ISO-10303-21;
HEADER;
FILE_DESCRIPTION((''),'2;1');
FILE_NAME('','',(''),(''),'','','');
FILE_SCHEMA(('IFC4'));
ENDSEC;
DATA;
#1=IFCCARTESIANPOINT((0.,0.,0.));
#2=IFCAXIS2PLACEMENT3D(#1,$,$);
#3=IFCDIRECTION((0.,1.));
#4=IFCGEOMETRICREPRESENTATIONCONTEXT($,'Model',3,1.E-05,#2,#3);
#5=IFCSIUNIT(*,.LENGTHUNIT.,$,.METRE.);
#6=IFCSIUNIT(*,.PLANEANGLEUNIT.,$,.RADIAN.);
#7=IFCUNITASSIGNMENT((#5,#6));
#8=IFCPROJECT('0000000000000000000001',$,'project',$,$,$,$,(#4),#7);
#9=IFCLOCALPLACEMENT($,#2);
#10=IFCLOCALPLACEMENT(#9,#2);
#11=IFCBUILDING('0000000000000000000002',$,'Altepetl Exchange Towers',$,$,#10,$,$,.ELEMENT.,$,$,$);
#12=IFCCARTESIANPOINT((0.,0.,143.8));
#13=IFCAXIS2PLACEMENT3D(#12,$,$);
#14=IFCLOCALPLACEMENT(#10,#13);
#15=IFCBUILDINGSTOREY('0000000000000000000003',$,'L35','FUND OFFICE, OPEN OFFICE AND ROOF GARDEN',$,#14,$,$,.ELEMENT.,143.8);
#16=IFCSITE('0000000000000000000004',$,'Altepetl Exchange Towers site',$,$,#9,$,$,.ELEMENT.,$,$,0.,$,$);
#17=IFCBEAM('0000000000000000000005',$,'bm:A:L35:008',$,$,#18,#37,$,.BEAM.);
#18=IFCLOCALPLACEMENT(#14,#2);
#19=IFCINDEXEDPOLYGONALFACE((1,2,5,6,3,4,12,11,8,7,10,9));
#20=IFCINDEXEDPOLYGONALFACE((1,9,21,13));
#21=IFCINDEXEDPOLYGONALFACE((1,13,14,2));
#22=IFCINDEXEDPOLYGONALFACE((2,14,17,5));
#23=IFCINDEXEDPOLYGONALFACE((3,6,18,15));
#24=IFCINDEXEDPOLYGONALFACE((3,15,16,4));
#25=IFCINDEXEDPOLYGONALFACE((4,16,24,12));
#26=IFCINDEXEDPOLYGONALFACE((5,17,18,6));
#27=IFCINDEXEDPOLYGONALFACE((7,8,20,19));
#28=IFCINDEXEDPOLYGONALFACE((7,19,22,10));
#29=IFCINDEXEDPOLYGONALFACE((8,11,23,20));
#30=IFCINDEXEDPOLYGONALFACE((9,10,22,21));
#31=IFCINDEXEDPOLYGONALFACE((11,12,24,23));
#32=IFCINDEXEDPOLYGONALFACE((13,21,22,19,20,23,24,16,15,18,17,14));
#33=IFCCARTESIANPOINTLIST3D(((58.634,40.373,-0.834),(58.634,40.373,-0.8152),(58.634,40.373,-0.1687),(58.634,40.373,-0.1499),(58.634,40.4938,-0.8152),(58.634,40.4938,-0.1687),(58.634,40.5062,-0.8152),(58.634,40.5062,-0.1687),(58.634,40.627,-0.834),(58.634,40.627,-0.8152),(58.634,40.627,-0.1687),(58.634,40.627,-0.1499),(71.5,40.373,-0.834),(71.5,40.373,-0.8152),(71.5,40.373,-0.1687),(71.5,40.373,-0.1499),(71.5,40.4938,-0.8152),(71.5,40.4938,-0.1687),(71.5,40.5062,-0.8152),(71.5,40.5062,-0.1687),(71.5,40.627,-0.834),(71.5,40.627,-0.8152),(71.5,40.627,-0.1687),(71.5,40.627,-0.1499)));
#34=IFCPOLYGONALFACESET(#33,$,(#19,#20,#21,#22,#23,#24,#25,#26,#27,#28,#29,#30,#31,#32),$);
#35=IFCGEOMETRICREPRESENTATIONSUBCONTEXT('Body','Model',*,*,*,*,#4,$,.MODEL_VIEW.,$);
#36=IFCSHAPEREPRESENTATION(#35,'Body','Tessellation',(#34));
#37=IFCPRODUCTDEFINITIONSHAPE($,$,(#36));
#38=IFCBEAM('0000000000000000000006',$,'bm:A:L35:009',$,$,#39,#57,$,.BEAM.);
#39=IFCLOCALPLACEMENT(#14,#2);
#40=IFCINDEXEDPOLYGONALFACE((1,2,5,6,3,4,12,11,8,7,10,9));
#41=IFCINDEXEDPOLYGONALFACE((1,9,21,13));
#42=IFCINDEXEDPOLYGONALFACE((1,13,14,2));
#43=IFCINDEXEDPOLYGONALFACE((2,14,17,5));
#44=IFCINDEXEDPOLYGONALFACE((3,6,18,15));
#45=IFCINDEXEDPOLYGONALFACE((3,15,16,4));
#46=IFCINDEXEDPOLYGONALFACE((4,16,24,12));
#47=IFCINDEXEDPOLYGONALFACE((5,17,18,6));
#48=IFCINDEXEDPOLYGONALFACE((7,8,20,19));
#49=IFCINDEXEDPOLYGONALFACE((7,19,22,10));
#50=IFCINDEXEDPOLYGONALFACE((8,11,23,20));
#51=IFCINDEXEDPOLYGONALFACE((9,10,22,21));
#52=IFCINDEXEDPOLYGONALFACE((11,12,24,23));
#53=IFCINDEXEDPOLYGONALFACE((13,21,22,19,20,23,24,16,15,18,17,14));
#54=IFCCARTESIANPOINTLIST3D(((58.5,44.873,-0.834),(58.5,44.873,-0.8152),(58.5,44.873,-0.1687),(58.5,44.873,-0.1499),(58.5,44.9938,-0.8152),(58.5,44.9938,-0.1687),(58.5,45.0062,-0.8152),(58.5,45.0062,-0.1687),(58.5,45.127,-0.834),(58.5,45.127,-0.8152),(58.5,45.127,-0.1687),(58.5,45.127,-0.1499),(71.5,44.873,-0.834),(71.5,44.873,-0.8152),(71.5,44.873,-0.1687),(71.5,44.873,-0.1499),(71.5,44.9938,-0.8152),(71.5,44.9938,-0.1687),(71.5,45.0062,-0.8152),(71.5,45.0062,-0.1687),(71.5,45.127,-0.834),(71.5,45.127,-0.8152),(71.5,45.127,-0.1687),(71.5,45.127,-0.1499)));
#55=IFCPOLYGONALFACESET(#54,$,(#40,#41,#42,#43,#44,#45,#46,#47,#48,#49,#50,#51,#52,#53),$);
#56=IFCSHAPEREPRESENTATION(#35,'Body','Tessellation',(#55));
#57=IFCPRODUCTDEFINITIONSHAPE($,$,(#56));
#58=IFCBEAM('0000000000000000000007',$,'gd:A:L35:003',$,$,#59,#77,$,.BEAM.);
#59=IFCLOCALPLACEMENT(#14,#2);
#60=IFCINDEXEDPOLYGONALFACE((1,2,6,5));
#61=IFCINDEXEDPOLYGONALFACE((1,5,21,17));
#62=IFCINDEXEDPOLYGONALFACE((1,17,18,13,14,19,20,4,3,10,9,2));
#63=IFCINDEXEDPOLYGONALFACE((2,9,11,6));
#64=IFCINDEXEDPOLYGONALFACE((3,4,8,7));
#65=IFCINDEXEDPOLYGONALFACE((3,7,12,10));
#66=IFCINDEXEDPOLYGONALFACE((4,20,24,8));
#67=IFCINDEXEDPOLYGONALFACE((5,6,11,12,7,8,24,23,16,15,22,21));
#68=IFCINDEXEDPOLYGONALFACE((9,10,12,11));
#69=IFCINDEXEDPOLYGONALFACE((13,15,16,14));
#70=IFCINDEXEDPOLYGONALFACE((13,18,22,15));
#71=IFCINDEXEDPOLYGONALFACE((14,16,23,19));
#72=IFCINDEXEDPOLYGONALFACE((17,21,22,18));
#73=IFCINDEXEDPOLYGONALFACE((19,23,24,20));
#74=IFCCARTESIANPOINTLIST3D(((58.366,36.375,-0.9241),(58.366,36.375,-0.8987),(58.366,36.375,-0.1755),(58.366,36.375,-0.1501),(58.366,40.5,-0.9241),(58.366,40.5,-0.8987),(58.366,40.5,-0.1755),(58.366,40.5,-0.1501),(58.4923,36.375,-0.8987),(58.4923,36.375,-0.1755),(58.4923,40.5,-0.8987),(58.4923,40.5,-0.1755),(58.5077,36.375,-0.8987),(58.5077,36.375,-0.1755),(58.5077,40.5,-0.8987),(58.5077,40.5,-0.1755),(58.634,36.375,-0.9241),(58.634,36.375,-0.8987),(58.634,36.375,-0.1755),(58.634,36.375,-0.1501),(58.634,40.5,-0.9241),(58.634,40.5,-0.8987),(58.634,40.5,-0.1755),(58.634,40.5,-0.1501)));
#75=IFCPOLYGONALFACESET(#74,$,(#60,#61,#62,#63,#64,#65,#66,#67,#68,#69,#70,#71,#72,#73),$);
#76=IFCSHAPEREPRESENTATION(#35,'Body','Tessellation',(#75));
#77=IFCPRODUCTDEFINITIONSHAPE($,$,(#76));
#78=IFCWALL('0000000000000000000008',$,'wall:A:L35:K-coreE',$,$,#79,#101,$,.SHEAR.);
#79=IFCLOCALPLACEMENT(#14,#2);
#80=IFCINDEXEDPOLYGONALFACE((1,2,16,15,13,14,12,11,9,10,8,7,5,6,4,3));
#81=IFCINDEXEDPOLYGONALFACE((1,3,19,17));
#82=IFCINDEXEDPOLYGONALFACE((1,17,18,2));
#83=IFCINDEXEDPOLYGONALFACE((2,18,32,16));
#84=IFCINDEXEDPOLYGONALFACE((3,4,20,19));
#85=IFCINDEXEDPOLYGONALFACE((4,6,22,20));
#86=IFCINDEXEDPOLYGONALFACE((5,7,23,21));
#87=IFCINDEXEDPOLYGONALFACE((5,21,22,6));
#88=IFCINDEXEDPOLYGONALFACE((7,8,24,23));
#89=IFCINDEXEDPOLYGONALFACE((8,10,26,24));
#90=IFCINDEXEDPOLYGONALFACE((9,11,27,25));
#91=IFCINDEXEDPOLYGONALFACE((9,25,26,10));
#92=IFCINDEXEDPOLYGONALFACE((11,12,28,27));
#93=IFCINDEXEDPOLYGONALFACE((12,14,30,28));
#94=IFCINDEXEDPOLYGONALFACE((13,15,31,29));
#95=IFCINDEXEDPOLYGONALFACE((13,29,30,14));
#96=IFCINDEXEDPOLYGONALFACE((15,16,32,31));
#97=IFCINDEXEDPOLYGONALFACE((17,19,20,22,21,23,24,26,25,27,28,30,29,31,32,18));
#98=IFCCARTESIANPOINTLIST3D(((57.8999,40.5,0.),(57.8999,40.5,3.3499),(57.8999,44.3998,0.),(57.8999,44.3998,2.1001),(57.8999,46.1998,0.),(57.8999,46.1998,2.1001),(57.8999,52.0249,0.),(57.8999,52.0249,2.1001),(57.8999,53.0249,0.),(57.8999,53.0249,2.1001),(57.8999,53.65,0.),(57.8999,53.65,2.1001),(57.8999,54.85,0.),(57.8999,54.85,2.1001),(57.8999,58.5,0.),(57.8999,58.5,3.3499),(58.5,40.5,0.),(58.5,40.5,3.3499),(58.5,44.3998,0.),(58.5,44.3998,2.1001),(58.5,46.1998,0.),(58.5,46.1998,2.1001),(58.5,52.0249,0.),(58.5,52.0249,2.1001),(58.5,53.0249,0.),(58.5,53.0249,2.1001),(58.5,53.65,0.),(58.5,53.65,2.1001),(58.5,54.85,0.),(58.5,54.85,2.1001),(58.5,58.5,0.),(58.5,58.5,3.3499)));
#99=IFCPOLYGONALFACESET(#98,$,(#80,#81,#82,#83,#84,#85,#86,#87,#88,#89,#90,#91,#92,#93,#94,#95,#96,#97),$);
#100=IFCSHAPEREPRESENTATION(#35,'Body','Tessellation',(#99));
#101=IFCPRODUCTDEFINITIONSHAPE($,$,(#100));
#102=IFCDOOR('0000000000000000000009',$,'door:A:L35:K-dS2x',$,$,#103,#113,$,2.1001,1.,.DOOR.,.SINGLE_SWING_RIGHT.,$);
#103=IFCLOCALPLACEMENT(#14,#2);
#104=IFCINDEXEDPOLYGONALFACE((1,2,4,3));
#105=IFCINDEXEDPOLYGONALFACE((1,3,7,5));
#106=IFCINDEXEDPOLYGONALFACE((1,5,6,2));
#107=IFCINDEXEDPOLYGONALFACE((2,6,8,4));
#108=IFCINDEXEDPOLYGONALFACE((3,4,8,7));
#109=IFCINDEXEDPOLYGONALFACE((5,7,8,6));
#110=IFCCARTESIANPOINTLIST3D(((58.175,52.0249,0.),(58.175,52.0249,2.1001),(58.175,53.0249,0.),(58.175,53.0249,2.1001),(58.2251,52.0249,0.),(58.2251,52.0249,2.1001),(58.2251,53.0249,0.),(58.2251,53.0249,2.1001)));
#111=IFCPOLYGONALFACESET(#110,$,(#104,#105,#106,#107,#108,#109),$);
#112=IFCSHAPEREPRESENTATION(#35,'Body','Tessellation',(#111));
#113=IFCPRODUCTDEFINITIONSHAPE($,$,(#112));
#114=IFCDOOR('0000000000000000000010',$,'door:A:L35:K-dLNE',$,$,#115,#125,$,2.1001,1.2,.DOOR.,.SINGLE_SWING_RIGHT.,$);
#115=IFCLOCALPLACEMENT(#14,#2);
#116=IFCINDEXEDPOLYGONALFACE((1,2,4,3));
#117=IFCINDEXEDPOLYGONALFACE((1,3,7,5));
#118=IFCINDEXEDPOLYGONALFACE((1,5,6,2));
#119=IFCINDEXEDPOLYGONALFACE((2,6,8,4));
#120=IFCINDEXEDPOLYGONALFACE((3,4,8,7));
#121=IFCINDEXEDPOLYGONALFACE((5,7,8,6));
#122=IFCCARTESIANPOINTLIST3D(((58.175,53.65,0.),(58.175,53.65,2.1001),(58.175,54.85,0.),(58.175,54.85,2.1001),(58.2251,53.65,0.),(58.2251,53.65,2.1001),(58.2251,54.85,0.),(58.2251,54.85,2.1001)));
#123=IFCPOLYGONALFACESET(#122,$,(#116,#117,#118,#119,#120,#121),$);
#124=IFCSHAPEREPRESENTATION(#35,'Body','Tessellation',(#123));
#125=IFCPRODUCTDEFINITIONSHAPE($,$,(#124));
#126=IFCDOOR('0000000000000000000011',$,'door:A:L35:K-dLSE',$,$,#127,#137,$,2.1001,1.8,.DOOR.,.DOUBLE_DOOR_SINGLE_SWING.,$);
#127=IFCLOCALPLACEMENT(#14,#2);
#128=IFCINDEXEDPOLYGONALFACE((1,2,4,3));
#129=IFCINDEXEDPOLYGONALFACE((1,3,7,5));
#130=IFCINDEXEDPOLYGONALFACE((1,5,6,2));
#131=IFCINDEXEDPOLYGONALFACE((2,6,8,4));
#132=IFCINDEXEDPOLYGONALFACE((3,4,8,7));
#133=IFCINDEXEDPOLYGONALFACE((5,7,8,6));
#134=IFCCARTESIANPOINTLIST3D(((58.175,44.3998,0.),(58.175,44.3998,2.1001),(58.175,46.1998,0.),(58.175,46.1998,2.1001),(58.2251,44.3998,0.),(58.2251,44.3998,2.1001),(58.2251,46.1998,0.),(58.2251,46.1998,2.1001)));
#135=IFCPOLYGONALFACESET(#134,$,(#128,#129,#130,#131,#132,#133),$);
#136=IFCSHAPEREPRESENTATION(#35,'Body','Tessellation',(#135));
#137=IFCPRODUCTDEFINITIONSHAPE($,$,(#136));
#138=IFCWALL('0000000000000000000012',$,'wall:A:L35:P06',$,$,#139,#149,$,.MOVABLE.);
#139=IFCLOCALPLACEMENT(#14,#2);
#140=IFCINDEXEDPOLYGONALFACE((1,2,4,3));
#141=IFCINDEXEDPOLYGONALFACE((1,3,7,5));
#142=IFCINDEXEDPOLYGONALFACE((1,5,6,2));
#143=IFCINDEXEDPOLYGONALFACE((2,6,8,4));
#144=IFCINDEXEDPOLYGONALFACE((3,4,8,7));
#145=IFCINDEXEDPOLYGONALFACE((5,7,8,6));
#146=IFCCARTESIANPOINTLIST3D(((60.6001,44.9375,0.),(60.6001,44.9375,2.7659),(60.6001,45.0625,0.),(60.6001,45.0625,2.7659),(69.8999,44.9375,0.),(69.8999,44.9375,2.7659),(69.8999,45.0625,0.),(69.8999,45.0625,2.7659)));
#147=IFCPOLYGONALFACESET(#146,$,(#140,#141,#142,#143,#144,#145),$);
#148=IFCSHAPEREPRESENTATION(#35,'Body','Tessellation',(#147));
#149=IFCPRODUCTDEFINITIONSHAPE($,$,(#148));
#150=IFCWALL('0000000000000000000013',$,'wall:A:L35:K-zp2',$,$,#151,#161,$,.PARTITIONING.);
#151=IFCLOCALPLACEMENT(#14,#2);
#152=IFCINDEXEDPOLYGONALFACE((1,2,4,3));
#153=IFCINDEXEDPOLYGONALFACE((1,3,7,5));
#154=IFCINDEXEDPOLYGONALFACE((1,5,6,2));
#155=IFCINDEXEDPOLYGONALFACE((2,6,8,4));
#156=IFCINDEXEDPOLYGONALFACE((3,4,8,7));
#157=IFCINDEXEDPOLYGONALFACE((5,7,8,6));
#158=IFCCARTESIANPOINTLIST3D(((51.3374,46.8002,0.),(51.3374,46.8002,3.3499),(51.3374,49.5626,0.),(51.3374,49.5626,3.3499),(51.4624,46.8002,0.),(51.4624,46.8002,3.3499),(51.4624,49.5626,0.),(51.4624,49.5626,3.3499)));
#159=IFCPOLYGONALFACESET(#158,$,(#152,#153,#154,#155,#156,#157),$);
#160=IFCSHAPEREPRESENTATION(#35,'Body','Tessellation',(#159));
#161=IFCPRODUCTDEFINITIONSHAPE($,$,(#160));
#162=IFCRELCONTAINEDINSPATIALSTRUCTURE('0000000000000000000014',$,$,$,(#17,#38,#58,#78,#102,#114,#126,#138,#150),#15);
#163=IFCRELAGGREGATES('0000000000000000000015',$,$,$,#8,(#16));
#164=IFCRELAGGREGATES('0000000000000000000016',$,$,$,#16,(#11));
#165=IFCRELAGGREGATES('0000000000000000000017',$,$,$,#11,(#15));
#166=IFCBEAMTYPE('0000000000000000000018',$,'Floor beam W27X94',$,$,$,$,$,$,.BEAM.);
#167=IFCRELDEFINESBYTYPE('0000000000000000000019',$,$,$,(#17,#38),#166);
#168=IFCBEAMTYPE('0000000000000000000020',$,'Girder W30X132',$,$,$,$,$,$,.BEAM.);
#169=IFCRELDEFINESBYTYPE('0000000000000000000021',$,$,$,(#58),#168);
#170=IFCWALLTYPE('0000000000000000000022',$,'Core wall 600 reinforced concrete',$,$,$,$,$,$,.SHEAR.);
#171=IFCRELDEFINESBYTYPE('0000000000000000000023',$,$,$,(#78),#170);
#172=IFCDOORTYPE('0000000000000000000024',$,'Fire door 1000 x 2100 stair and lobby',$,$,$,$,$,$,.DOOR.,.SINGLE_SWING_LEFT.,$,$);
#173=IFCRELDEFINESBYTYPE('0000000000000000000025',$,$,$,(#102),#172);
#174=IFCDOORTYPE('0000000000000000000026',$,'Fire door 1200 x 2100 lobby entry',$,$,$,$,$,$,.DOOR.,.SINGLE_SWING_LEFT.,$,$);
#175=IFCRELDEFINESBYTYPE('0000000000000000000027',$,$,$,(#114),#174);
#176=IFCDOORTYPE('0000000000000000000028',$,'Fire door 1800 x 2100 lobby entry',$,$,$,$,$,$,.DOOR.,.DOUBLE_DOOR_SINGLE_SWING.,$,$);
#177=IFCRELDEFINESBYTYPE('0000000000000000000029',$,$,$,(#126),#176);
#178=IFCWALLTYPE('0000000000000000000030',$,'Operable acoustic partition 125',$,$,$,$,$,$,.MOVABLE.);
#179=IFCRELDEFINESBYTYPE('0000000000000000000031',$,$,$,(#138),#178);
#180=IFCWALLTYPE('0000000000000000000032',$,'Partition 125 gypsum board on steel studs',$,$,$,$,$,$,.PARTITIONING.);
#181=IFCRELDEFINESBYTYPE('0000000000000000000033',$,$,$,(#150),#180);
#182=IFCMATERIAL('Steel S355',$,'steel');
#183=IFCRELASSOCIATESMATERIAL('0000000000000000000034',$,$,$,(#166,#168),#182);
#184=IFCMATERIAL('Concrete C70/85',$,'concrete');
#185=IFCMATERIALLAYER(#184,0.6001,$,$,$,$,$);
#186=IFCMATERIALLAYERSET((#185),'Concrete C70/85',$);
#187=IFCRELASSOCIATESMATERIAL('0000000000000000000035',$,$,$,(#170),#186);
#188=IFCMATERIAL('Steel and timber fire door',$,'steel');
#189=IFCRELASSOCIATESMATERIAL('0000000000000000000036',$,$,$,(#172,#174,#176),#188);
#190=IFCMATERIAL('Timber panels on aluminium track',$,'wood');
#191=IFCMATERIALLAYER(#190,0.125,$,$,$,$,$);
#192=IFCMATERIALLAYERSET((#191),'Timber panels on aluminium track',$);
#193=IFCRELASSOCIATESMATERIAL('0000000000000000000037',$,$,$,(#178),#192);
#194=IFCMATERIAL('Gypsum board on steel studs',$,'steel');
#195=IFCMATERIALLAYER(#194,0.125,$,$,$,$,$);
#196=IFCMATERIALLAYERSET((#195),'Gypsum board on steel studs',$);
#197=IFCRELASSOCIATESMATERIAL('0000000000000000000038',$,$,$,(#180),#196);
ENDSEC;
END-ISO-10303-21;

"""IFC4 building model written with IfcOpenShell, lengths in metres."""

from ifc_helpers import new_model, si_unit, direction, frame, frame_2d, origin, origin_2d, place, context, subcontext, project, spatial, rectangle, i_section, extrude, material, layer, layer_set, material_profile, profile_set, type_object, element, fill, save


model = new_model("IFC4")

# Units and contexts
model_context = context("Model", 3, precision=1e-05, world=origin(), true_north=direction((0.0, 1.0)))
body_context = subcontext(model_context, "Body", "Model", "MODEL_VIEW")
ifc_project = project(units=[si_unit("LENGTHUNIT", "METRE"), si_unit("PLANEANGLEUNIT", "RADIAN")], contexts=[model_context])

# Site, building, storey
site_placement = place(None, origin())
site = spatial("IfcSite", under=ifc_project, at=site_placement, Name="Altepetl Exchange Towers site", CompositionType="ELEMENT", RefElevation=0.0)
building_placement = place(site_placement, origin())
building = spatial("IfcBuilding", under=site, at=building_placement, Name="Altepetl Exchange Towers", CompositionType="ELEMENT")
storey_placement = place(building_placement, frame((0.0, 0.0, 143.8)))
storey = spatial("IfcBuildingStorey", under=building, at=storey_placement, Name="L35", Description="FUND OFFICE, OPEN OFFICE AND ROOF GARDEN", CompositionType="ELEMENT", Elevation=143.8)

# Beams
ifc_material_1 = material(Name="Steel S355", Category="steel")
ifc_material_profile_1 = material_profile(ifc_material_1, i_section(OverallWidth=0.2539, OverallDepth=0.6841, WebThickness=0.0125, FlangeThickness=0.0188, at=origin_2d()), Name="W27X94")
ifc_profile_set_1 = profile_set([ifc_material_profile_1], Name="Steel S355")
beam_type_1 = type_object("IfcBeamType", Name="Floor beam W27X94", PredefinedType="BEAM", material=ifc_profile_set_1)
beam_1_placement = place(storey_placement, frame((58.634, 40.5, -0.4919), z_axis=(1.0, 0.0, 0.0), x_axis=(0.0, 1.0, 0.0)))
element("IfcBeam", 1, at=beam_1_placement, inside=storey, type_object=beam_type_1, Name="bm:A:L35:008", PredefinedType="BEAM", context=body_context, shape_type="SweptSolid", body=[
    extrude(i_section(OverallWidth=0.2539, OverallDepth=0.6841, WebThickness=0.0125, FlangeThickness=0.0188, at=origin_2d()), origin(), (0.0, 0.0, 1.0), 12.866),
])
beam_2_placement = place(storey_placement, frame((58.5, 45.0, -0.4919), z_axis=(1.0, 0.0, 0.0), x_axis=(0.0, 1.0, 0.0)))
element("IfcBeam", 2, at=beam_2_placement, inside=storey, type_object=beam_type_1, Name="bm:A:L35:009", PredefinedType="BEAM", context=body_context, shape_type="SweptSolid", body=[
    extrude(i_section(OverallWidth=0.2539, OverallDepth=0.6841, WebThickness=0.0125, FlangeThickness=0.0188, at=origin_2d()), origin(), (0.0, 0.0, 1.0), 13.0),
])
ifc_material_profile_2 = material_profile(ifc_material_1, i_section(OverallWidth=0.2681, OverallDepth=0.7739, WebThickness=0.0154, FlangeThickness=0.0254, at=origin_2d()), Name="W30X132")
ifc_profile_set_2 = profile_set([ifc_material_profile_2], Name="Steel S355")
beam_type_2 = type_object("IfcBeamType", Name="Girder W30X132", PredefinedType="BEAM", material=ifc_profile_set_2)
beam_3_placement = place(storey_placement, frame((58.5, 40.5, -0.5371), z_axis=(0.0, -1.0, 0.0), x_axis=(1.0, 0.0, 0.0)))
element("IfcBeam", 3, at=beam_3_placement, inside=storey, type_object=beam_type_2, Name="gd:A:L35:003", PredefinedType="BEAM", context=body_context, shape_type="SweptSolid", body=[
    extrude(i_section(OverallWidth=0.2681, OverallDepth=0.7739, WebThickness=0.0154, FlangeThickness=0.0254, at=origin_2d()), origin(), (0.0, 0.0, 1.0), 4.125),
])

# Wall, openings, doors
ifc_material_2 = material(Name="Concrete C70/85", Category="concrete")
ifc_layer_1 = layer(ifc_material_2, 0.6001)
ifc_layer_set_1 = layer_set([ifc_layer_1], Name="Concrete C70/85")
wall_type_1 = type_object("IfcWallType", Name="Core wall 600 reinforced concrete", PredefinedType="SHEAR", material=ifc_layer_set_1)
wall_1_placement = place(storey_placement, frame((58.2, 40.5, 0.0), z_axis=(0.0, 0.0, 1.0), x_axis=(0.0, 1.0, 0.0)))
wall_1 = element("IfcWall", 4, at=wall_1_placement, inside=storey, type_object=wall_type_1, Name="wall:A:L35:K-coreE", PredefinedType="SHEAR", context=body_context, shape_type="SweptSolid", body=[
    extrude(rectangle(XDim=18.0, YDim=0.6001, at=frame_2d((9.0, 0.0))), origin(), (0.0, 0.0, 1.0), 3.3499),
])
opening_1_placement = place(wall_1_placement, frame((13.1499, 0.0, 0.0)))
opening_1 = element("IfcOpeningElement", 5, at=opening_1_placement, cuts=wall_1, PredefinedType="OPENING", context=body_context, shape_type="SweptSolid", body=[
    extrude(rectangle(XDim=1.2, YDim=2.1001, at=frame_2d((0.6001, 1.05))), frame((0.0, 0.3101, 0.0), z_axis=(0.0, -1.0, 0.0), x_axis=(1.0, 0.0, 0.0)), (0.0, 0.0, 1.0), 0.6201),
])
opening_2_placement = place(wall_1_placement, frame((3.8999, 0.0, 0.0)))
opening_2 = element("IfcOpeningElement", 6, at=opening_2_placement, cuts=wall_1, PredefinedType="OPENING", context=body_context, shape_type="SweptSolid", body=[
    extrude(rectangle(XDim=1.8, YDim=2.1001, at=frame_2d((0.8999, 1.05))), frame((0.0, 0.3101, 0.0), z_axis=(0.0, -1.0, 0.0), x_axis=(1.0, 0.0, 0.0)), (0.0, 0.0, 1.0), 0.6201),
])
opening_3_placement = place(wall_1_placement, frame((11.5249, 0.0, 0.0)))
opening_3 = element("IfcOpeningElement", 7, at=opening_3_placement, cuts=wall_1, PredefinedType="OPENING", context=body_context, shape_type="SweptSolid", body=[
    extrude(rectangle(XDim=1.0, YDim=2.1001, at=frame_2d((0.5, 1.05))), frame((0.0, 0.3101, 0.0), z_axis=(0.0, -1.0, 0.0), x_axis=(1.0, 0.0, 0.0)), (0.0, 0.0, 1.0), 0.6201),
])
ifc_material_3 = material(Name="Steel and timber fire door", Category="steel")
door_type_1 = type_object("IfcDoorType", Name="Fire door 1000 x 2100 stair and lobby", OperationType="SINGLE_SWING_LEFT", PredefinedType="DOOR", material=ifc_material_3)
door_1_placement = place(opening_3_placement, origin())
door_1 = element("IfcDoor", 8, at=door_1_placement, inside=storey, type_object=door_type_1, Name="door:A:L35:K-dS2x", OperationType="SINGLE_SWING_RIGHT", OverallHeight=2.1001, OverallWidth=1.0, PredefinedType="DOOR", context=body_context, shape_type="SweptSolid", body=[
    extrude(rectangle(XDim=1.0, YDim=2.1001, at=frame_2d((0.5, 1.05))), frame((0.0, 0.0249, 0.0), z_axis=(0.0, -1.0, 0.0), x_axis=(1.0, 0.0, 0.0)), (0.0, 0.0, 1.0), 0.05),
])
fill(opening_3, door_1)
door_type_2 = type_object("IfcDoorType", Name="Fire door 1200 x 2100 lobby entry", OperationType="SINGLE_SWING_LEFT", PredefinedType="DOOR", material=ifc_material_3)
door_2_placement = place(opening_1_placement, origin())
door_2 = element("IfcDoor", 9, at=door_2_placement, inside=storey, type_object=door_type_2, Name="door:A:L35:K-dLNE", OperationType="SINGLE_SWING_RIGHT", OverallHeight=2.1001, OverallWidth=1.2, PredefinedType="DOOR", context=body_context, shape_type="SweptSolid", body=[
    extrude(rectangle(XDim=1.2, YDim=2.1001, at=frame_2d((0.6001, 1.05))), frame((0.0, 0.0249, 0.0), z_axis=(0.0, -1.0, 0.0), x_axis=(1.0, 0.0, 0.0)), (0.0, 0.0, 1.0), 0.05),
])
fill(opening_1, door_2)
door_type_3 = type_object("IfcDoorType", Name="Fire door 1800 x 2100 lobby entry", OperationType="DOUBLE_DOOR_SINGLE_SWING", PredefinedType="DOOR", material=ifc_material_3)
door_3_placement = place(opening_2_placement, origin())
door_3 = element("IfcDoor", 10, at=door_3_placement, inside=storey, type_object=door_type_3, Name="door:A:L35:K-dLSE", OperationType="DOUBLE_DOOR_SINGLE_SWING", OverallHeight=2.1001, OverallWidth=1.8, PredefinedType="DOOR", context=body_context, shape_type="SweptSolid", body=[
    extrude(rectangle(XDim=1.8, YDim=2.1001, at=frame_2d((0.8999, 1.05))), frame((0.0, 0.0249, 0.0), z_axis=(0.0, -1.0, 0.0), x_axis=(1.0, 0.0, 0.0)), (0.0, 0.0, 1.0), 0.05),
])
fill(opening_2, door_3)

# Walls
ifc_material_4 = material(Name="Timber panels on aluminium track", Category="wood")
ifc_layer_2 = layer(ifc_material_4, 0.125)
ifc_layer_set_2 = layer_set([ifc_layer_2], Name="Timber panels on aluminium track")
wall_type_2 = type_object("IfcWallType", Name="Operable acoustic partition 125", PredefinedType="MOVABLE", material=ifc_layer_set_2)
wall_2_placement = place(storey_placement, frame((60.6001, 45.0, 0.0)))
element("IfcWall", 11, at=wall_2_placement, inside=storey, type_object=wall_type_2, Name="wall:A:L35:P06", PredefinedType="MOVABLE", context=body_context, shape_type="SweptSolid", body=[
    extrude(rectangle(XDim=9.2998, YDim=0.125, at=frame_2d((4.6499, 0.0))), origin(), (0.0, 0.0, 1.0), 2.7659),
])
ifc_material_5 = material(Name="Gypsum board on steel studs", Category="steel")
ifc_layer_3 = layer(ifc_material_5, 0.125)
ifc_layer_set_3 = layer_set([ifc_layer_3], Name="Gypsum board on steel studs")
wall_type_3 = type_object("IfcWallType", Name="Partition 125 gypsum board on steel studs", PredefinedType="PARTITIONING", material=ifc_layer_set_3)
wall_3_placement = place(storey_placement, frame((51.3999, 46.8, 0.0), z_axis=(0.0, 0.0, 1.0), x_axis=(0.0, 1.0, 0.0)))
element("IfcWall", 12, at=wall_3_placement, inside=storey, type_object=wall_type_3, Name="wall:A:L35:K-zp2", PredefinedType="PARTITIONING", context=body_context, shape_type="SweptSolid", body=[
    extrude(rectangle(XDim=2.7625, YDim=0.125, at=frame_2d((1.3813, 0.0))), origin(), (0.0, 0.0, 1.0), 3.3499),
])

save(model, "model.ifc")
